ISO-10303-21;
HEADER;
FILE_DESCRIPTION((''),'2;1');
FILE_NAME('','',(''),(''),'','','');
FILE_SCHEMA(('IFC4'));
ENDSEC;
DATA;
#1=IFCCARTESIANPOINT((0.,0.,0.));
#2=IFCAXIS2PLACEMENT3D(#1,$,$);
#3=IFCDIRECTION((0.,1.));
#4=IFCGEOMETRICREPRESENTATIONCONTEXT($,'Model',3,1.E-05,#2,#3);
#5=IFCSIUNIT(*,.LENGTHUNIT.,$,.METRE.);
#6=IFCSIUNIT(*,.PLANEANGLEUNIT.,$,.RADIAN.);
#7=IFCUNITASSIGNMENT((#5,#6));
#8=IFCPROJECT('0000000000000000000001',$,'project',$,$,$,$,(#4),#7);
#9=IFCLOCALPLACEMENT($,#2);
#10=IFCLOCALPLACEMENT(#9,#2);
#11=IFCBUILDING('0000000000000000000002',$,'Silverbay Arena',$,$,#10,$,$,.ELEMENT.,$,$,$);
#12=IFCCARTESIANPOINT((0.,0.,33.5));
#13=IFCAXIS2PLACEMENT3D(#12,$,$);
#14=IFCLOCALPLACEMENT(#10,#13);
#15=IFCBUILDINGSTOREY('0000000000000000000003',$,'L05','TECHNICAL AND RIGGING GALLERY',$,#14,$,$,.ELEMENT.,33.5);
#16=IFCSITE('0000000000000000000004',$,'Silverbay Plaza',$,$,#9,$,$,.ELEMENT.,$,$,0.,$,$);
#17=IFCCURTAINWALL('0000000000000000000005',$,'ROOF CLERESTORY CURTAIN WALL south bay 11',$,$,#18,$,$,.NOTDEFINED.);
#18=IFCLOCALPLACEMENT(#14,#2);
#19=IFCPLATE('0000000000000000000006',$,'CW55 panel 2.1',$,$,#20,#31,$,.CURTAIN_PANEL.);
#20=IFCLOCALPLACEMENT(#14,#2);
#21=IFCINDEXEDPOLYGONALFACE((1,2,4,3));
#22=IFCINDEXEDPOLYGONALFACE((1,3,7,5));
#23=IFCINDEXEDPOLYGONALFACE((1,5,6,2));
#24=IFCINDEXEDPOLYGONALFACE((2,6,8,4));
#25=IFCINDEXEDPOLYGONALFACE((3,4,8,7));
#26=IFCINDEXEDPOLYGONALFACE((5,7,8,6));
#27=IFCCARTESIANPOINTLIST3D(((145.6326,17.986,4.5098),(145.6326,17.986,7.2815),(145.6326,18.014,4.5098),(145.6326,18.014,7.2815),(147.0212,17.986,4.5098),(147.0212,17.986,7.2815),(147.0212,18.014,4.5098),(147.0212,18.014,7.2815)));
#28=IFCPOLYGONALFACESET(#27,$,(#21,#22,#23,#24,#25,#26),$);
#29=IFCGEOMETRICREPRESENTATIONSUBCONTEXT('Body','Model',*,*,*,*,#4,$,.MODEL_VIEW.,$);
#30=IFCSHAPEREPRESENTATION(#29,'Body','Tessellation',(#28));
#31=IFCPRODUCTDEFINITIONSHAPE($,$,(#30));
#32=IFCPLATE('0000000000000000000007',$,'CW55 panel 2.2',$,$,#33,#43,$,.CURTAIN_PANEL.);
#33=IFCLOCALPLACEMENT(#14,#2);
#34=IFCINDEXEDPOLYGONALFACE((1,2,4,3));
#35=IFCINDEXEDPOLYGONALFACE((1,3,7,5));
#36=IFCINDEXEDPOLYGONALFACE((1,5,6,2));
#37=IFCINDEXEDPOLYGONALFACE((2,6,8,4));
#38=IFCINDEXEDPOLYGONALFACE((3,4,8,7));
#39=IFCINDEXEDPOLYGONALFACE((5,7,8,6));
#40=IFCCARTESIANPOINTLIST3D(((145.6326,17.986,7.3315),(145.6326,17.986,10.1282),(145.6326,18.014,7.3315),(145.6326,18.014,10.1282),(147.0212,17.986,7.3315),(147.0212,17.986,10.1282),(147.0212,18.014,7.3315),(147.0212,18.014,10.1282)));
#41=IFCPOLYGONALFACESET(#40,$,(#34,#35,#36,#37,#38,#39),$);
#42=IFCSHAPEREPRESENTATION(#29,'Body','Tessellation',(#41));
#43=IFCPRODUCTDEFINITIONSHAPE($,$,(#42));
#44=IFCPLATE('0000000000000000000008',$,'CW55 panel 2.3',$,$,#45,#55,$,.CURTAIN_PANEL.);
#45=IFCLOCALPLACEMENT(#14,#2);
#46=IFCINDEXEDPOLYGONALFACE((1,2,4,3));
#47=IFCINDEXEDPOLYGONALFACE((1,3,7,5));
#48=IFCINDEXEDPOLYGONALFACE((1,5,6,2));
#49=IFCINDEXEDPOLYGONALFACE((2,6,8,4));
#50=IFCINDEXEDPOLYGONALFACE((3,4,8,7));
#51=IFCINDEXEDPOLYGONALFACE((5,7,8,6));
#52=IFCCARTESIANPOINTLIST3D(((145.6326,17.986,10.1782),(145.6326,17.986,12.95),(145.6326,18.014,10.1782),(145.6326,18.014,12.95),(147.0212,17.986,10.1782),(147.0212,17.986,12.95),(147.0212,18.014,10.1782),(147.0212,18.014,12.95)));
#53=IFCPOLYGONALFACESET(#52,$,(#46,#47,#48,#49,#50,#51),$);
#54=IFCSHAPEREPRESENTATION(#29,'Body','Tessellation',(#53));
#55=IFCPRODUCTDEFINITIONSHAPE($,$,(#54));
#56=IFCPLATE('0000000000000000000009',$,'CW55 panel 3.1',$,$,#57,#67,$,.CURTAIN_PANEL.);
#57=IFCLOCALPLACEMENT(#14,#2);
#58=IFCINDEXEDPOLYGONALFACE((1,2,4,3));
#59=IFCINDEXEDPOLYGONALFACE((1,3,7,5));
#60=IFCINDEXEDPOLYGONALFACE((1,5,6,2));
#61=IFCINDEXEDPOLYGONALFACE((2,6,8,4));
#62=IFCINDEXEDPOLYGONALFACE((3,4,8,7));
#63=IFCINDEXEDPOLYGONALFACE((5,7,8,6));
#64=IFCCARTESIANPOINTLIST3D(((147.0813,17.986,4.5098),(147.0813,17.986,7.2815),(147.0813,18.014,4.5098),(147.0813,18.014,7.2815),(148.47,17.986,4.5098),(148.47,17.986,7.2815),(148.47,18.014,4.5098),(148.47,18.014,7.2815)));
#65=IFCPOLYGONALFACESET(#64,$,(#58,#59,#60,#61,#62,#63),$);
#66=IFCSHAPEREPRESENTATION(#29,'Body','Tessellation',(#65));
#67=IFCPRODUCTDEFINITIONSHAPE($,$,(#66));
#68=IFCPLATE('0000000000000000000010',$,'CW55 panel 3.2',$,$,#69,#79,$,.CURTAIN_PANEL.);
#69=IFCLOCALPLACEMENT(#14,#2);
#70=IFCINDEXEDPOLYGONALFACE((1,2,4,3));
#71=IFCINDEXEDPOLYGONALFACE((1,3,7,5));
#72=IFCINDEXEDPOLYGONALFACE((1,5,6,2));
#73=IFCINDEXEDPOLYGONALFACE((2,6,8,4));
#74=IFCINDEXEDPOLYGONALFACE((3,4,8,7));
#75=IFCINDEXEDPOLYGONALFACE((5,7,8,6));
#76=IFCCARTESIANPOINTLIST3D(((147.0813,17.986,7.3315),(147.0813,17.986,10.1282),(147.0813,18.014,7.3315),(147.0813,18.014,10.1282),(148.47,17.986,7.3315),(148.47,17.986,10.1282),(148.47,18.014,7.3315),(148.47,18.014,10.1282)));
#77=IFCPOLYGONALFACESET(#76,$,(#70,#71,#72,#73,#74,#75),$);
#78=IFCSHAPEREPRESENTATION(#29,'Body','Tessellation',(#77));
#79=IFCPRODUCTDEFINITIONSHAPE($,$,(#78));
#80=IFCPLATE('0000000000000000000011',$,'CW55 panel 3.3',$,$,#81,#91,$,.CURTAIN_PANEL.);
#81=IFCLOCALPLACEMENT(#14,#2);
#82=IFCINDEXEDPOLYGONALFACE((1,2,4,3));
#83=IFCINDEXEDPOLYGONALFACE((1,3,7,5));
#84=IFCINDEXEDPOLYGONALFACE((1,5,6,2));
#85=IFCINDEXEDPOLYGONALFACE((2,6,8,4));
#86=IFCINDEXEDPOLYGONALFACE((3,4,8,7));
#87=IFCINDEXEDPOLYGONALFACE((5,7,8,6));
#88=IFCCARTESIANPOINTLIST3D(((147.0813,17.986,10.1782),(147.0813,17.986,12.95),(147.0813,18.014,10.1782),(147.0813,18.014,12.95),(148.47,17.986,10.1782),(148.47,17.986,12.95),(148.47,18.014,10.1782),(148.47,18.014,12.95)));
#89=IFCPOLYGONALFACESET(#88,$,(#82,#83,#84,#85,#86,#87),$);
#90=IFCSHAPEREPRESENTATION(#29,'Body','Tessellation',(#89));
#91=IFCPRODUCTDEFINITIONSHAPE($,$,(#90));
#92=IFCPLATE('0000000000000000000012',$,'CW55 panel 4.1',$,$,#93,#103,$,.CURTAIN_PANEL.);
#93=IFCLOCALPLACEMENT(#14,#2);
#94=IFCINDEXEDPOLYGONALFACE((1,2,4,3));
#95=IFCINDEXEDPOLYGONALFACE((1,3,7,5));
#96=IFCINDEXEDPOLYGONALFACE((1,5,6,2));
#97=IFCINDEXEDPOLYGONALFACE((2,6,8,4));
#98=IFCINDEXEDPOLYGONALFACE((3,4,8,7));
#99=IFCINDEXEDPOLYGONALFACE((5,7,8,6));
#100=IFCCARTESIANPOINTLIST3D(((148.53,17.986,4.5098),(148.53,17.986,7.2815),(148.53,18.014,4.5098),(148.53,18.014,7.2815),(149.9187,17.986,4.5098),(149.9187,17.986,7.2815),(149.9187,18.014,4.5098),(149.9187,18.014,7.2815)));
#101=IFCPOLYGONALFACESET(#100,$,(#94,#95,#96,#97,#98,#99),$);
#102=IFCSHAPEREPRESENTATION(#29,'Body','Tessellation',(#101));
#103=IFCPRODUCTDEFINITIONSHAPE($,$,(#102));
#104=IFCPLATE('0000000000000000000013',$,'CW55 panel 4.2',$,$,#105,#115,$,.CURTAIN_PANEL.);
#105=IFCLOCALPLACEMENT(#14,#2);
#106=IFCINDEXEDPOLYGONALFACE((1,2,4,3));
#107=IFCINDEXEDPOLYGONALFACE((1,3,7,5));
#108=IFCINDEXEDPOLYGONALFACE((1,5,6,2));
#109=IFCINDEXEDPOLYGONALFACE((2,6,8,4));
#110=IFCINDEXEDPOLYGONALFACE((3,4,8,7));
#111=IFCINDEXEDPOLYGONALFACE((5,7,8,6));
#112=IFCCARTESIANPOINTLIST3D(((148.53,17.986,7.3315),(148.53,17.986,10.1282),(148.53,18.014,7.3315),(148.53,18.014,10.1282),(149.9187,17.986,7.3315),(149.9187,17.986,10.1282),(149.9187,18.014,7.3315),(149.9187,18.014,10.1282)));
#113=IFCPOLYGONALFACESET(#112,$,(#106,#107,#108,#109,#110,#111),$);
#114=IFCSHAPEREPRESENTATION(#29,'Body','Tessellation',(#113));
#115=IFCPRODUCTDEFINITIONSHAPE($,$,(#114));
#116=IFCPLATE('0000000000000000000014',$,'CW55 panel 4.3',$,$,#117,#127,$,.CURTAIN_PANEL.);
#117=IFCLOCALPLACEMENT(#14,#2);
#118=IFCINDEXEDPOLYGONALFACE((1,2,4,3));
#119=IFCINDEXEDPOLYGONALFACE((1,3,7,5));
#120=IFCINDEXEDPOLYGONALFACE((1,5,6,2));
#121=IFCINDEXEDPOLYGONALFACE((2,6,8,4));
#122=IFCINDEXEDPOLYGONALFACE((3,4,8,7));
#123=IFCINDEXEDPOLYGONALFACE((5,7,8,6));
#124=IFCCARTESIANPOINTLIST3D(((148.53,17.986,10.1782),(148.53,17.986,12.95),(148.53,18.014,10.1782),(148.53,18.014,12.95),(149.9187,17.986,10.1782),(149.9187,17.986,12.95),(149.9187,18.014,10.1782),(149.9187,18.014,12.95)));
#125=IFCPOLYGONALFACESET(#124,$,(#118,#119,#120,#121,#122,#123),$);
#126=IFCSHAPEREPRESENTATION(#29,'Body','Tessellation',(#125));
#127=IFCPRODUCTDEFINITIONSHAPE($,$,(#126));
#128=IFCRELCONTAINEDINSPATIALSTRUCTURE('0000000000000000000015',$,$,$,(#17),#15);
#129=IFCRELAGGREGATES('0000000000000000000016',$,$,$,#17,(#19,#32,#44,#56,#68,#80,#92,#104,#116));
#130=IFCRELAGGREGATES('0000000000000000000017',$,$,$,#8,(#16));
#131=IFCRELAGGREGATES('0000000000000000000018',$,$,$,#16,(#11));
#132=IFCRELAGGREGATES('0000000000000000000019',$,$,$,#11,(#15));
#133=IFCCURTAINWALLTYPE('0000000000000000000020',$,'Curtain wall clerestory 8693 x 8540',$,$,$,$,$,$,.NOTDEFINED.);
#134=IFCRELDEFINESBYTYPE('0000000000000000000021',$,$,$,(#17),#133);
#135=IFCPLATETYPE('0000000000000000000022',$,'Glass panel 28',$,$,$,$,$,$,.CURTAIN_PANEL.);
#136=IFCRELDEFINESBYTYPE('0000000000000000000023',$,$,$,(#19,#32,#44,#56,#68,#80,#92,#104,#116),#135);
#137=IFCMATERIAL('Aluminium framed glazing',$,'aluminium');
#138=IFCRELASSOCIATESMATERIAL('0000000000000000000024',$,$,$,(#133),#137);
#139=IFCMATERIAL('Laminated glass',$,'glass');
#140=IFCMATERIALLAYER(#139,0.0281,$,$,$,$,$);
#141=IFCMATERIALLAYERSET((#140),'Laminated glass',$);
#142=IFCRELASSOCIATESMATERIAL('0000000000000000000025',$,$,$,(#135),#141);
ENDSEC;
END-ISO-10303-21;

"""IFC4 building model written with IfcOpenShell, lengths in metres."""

from ifc_helpers import new_model, si_unit, direction, frame, origin, origin_2d, place, context, subcontext, project, spatial, rectangle, extrude, material, layer, layer_set, type_object, element, aggregate, save


model = new_model("IFC4")

# Units and contexts
model_context = context("Model", 3, precision=1e-05, world=origin(), true_north=direction((0.0, 1.0)))
body_context = subcontext(model_context, "Body", "Model", "MODEL_VIEW")
ifc_project = project(units=[si_unit("LENGTHUNIT", "METRE"), si_unit("PLANEANGLEUNIT", "RADIAN")], contexts=[model_context])

# Site, building, storey
site_placement = place(None, origin())
site = spatial("IfcSite", under=ifc_project, at=site_placement, Name="Silverbay Plaza", CompositionType="ELEMENT", RefElevation=0.0)
building_placement = place(site_placement, origin())
building = spatial("IfcBuilding", under=site, at=building_placement, Name="Silverbay Arena", CompositionType="ELEMENT")
storey_placement = place(building_placement, frame((0.0, 0.0, 33.5)))
storey = spatial("IfcBuildingStorey", under=building, at=storey_placement, Name="L05", Description="TECHNICAL AND RIGGING GALLERY", CompositionType="ELEMENT", Elevation=33.5)

# Curtain wall
ifc_material_1 = material(Name="Aluminium framed glazing", Category="aluminium")
curtain_wall_type = type_object("IfcCurtainWallType", Name="Curtain wall clerestory 8693 x 8540", PredefinedType="NOTDEFINED", material=ifc_material_1)
curtain_wall_placement = place(storey_placement, origin())
curtain_wall = element("IfcCurtainWall", 1, at=curtain_wall_placement, inside=storey, type_object=curtain_wall_type, Name="ROOF CLERESTORY CURTAIN WALL south bay 11", PredefinedType="NOTDEFINED")

# Plates
ifc_material_2 = material(Name="Laminated glass", Category="glass")
ifc_layer = layer(ifc_material_2, 0.0281)
ifc_layer_set = layer_set([ifc_layer], Name="Laminated glass")
plate_type = type_object("IfcPlateType", Name="Glass panel 28", PredefinedType="CURTAIN_PANEL", material=ifc_layer_set)
plate_1_placement = place(storey_placement, frame((146.3269, 18.0, 4.5098), z_axis=(0.0, 0.0, 1.0), x_axis=(1.0, 0.0, 0.0)))
plate_1 = element("IfcPlate", 2, at=plate_1_placement, type_object=plate_type, Name="CW55 panel 2.1", PredefinedType="CURTAIN_PANEL", context=body_context, shape_type="SweptSolid", body=[
    extrude(rectangle(XDim=1.3887, YDim=0.0281, at=origin_2d()), origin(), (0.0, 0.0, 1.0), 2.7717),
])
plate_2_placement = place(storey_placement, frame((146.3269, 18.0, 7.3315), z_axis=(0.0, 0.0, 1.0), x_axis=(1.0, 0.0, 0.0)))
plate_2 = element("IfcPlate", 3, at=plate_2_placement, type_object=plate_type, Name="CW55 panel 2.2", PredefinedType="CURTAIN_PANEL", context=body_context, shape_type="SweptSolid", body=[
    extrude(rectangle(XDim=1.3887, YDim=0.0281, at=origin_2d()), origin(), (0.0, 0.0, 1.0), 2.7966),
])
plate_3_placement = place(storey_placement, frame((146.3269, 18.0, 10.1782), z_axis=(0.0, 0.0, 1.0), x_axis=(1.0, 0.0, 0.0)))
plate_3 = element("IfcPlate", 4, at=plate_3_placement, type_object=plate_type, Name="CW55 panel 2.3", PredefinedType="CURTAIN_PANEL", context=body_context, shape_type="SweptSolid", body=[
    extrude(rectangle(XDim=1.3887, YDim=0.0281, at=origin_2d()), origin(), (0.0, 0.0, 1.0), 2.7717),
])
plate_4_placement = place(storey_placement, frame((147.7756, 18.0, 4.5098), z_axis=(0.0, 0.0, 1.0), x_axis=(1.0, 0.0, 0.0)))
plate_4 = element("IfcPlate", 5, at=plate_4_placement, type_object=plate_type, Name="CW55 panel 3.1", PredefinedType="CURTAIN_PANEL", context=body_context, shape_type="SweptSolid", body=[
    extrude(rectangle(XDim=1.3887, YDim=0.0281, at=origin_2d()), origin(), (0.0, 0.0, 1.0), 2.7717),
])
plate_5_placement = place(storey_placement, frame((147.7756, 18.0, 7.3315), z_axis=(0.0, 0.0, 1.0), x_axis=(1.0, 0.0, 0.0)))
plate_5 = element("IfcPlate", 6, at=plate_5_placement, type_object=plate_type, Name="CW55 panel 3.2", PredefinedType="CURTAIN_PANEL", context=body_context, shape_type="SweptSolid", body=[
    extrude(rectangle(XDim=1.3887, YDim=0.0281, at=origin_2d()), origin(), (0.0, 0.0, 1.0), 2.7966),
])
plate_6_placement = place(storey_placement, frame((147.7756, 18.0, 10.1782), z_axis=(0.0, 0.0, 1.0), x_axis=(1.0, 0.0, 0.0)))
plate_6 = element("IfcPlate", 7, at=plate_6_placement, type_object=plate_type, Name="CW55 panel 3.3", PredefinedType="CURTAIN_PANEL", context=body_context, shape_type="SweptSolid", body=[
    extrude(rectangle(XDim=1.3887, YDim=0.0281, at=origin_2d()), origin(), (0.0, 0.0, 1.0), 2.7717),
])
plate_7_placement = place(storey_placement, frame((149.2244, 18.0, 4.5098), z_axis=(0.0, 0.0, 1.0), x_axis=(1.0, 0.0, 0.0)))
plate_7 = element("IfcPlate", 8, at=plate_7_placement, type_object=plate_type, Name="CW55 panel 4.1", PredefinedType="CURTAIN_PANEL", context=body_context, shape_type="SweptSolid", body=[
    extrude(rectangle(XDim=1.3887, YDim=0.0281, at=origin_2d()), origin(), (0.0, 0.0, 1.0), 2.7717),
])
plate_8_placement = place(storey_placement, frame((149.2244, 18.0, 7.3315), z_axis=(0.0, 0.0, 1.0), x_axis=(1.0, 0.0, 0.0)))
plate_8 = element("IfcPlate", 9, at=plate_8_placement, type_object=plate_type, Name="CW55 panel 4.2", PredefinedType="CURTAIN_PANEL", context=body_context, shape_type="SweptSolid", body=[
    extrude(rectangle(XDim=1.3887, YDim=0.0281, at=origin_2d()), origin(), (0.0, 0.0, 1.0), 2.7966),
])
plate_9_placement = place(storey_placement, frame((149.2244, 18.0, 10.1782), z_axis=(0.0, 0.0, 1.0), x_axis=(1.0, 0.0, 0.0)))
plate_9 = element("IfcPlate", 10, at=plate_9_placement, type_object=plate_type, Name="CW55 panel 4.3", PredefinedType="CURTAIN_PANEL", context=body_context, shape_type="SweptSolid", body=[
    extrude(rectangle(XDim=1.3887, YDim=0.0281, at=origin_2d()), origin(), (0.0, 0.0, 1.0), 2.7717),
])
aggregate(curtain_wall, [plate_1, plate_2, plate_3, plate_4, plate_5, plate_6, plate_7, plate_8, plate_9])

save(model, "model.ifc")
